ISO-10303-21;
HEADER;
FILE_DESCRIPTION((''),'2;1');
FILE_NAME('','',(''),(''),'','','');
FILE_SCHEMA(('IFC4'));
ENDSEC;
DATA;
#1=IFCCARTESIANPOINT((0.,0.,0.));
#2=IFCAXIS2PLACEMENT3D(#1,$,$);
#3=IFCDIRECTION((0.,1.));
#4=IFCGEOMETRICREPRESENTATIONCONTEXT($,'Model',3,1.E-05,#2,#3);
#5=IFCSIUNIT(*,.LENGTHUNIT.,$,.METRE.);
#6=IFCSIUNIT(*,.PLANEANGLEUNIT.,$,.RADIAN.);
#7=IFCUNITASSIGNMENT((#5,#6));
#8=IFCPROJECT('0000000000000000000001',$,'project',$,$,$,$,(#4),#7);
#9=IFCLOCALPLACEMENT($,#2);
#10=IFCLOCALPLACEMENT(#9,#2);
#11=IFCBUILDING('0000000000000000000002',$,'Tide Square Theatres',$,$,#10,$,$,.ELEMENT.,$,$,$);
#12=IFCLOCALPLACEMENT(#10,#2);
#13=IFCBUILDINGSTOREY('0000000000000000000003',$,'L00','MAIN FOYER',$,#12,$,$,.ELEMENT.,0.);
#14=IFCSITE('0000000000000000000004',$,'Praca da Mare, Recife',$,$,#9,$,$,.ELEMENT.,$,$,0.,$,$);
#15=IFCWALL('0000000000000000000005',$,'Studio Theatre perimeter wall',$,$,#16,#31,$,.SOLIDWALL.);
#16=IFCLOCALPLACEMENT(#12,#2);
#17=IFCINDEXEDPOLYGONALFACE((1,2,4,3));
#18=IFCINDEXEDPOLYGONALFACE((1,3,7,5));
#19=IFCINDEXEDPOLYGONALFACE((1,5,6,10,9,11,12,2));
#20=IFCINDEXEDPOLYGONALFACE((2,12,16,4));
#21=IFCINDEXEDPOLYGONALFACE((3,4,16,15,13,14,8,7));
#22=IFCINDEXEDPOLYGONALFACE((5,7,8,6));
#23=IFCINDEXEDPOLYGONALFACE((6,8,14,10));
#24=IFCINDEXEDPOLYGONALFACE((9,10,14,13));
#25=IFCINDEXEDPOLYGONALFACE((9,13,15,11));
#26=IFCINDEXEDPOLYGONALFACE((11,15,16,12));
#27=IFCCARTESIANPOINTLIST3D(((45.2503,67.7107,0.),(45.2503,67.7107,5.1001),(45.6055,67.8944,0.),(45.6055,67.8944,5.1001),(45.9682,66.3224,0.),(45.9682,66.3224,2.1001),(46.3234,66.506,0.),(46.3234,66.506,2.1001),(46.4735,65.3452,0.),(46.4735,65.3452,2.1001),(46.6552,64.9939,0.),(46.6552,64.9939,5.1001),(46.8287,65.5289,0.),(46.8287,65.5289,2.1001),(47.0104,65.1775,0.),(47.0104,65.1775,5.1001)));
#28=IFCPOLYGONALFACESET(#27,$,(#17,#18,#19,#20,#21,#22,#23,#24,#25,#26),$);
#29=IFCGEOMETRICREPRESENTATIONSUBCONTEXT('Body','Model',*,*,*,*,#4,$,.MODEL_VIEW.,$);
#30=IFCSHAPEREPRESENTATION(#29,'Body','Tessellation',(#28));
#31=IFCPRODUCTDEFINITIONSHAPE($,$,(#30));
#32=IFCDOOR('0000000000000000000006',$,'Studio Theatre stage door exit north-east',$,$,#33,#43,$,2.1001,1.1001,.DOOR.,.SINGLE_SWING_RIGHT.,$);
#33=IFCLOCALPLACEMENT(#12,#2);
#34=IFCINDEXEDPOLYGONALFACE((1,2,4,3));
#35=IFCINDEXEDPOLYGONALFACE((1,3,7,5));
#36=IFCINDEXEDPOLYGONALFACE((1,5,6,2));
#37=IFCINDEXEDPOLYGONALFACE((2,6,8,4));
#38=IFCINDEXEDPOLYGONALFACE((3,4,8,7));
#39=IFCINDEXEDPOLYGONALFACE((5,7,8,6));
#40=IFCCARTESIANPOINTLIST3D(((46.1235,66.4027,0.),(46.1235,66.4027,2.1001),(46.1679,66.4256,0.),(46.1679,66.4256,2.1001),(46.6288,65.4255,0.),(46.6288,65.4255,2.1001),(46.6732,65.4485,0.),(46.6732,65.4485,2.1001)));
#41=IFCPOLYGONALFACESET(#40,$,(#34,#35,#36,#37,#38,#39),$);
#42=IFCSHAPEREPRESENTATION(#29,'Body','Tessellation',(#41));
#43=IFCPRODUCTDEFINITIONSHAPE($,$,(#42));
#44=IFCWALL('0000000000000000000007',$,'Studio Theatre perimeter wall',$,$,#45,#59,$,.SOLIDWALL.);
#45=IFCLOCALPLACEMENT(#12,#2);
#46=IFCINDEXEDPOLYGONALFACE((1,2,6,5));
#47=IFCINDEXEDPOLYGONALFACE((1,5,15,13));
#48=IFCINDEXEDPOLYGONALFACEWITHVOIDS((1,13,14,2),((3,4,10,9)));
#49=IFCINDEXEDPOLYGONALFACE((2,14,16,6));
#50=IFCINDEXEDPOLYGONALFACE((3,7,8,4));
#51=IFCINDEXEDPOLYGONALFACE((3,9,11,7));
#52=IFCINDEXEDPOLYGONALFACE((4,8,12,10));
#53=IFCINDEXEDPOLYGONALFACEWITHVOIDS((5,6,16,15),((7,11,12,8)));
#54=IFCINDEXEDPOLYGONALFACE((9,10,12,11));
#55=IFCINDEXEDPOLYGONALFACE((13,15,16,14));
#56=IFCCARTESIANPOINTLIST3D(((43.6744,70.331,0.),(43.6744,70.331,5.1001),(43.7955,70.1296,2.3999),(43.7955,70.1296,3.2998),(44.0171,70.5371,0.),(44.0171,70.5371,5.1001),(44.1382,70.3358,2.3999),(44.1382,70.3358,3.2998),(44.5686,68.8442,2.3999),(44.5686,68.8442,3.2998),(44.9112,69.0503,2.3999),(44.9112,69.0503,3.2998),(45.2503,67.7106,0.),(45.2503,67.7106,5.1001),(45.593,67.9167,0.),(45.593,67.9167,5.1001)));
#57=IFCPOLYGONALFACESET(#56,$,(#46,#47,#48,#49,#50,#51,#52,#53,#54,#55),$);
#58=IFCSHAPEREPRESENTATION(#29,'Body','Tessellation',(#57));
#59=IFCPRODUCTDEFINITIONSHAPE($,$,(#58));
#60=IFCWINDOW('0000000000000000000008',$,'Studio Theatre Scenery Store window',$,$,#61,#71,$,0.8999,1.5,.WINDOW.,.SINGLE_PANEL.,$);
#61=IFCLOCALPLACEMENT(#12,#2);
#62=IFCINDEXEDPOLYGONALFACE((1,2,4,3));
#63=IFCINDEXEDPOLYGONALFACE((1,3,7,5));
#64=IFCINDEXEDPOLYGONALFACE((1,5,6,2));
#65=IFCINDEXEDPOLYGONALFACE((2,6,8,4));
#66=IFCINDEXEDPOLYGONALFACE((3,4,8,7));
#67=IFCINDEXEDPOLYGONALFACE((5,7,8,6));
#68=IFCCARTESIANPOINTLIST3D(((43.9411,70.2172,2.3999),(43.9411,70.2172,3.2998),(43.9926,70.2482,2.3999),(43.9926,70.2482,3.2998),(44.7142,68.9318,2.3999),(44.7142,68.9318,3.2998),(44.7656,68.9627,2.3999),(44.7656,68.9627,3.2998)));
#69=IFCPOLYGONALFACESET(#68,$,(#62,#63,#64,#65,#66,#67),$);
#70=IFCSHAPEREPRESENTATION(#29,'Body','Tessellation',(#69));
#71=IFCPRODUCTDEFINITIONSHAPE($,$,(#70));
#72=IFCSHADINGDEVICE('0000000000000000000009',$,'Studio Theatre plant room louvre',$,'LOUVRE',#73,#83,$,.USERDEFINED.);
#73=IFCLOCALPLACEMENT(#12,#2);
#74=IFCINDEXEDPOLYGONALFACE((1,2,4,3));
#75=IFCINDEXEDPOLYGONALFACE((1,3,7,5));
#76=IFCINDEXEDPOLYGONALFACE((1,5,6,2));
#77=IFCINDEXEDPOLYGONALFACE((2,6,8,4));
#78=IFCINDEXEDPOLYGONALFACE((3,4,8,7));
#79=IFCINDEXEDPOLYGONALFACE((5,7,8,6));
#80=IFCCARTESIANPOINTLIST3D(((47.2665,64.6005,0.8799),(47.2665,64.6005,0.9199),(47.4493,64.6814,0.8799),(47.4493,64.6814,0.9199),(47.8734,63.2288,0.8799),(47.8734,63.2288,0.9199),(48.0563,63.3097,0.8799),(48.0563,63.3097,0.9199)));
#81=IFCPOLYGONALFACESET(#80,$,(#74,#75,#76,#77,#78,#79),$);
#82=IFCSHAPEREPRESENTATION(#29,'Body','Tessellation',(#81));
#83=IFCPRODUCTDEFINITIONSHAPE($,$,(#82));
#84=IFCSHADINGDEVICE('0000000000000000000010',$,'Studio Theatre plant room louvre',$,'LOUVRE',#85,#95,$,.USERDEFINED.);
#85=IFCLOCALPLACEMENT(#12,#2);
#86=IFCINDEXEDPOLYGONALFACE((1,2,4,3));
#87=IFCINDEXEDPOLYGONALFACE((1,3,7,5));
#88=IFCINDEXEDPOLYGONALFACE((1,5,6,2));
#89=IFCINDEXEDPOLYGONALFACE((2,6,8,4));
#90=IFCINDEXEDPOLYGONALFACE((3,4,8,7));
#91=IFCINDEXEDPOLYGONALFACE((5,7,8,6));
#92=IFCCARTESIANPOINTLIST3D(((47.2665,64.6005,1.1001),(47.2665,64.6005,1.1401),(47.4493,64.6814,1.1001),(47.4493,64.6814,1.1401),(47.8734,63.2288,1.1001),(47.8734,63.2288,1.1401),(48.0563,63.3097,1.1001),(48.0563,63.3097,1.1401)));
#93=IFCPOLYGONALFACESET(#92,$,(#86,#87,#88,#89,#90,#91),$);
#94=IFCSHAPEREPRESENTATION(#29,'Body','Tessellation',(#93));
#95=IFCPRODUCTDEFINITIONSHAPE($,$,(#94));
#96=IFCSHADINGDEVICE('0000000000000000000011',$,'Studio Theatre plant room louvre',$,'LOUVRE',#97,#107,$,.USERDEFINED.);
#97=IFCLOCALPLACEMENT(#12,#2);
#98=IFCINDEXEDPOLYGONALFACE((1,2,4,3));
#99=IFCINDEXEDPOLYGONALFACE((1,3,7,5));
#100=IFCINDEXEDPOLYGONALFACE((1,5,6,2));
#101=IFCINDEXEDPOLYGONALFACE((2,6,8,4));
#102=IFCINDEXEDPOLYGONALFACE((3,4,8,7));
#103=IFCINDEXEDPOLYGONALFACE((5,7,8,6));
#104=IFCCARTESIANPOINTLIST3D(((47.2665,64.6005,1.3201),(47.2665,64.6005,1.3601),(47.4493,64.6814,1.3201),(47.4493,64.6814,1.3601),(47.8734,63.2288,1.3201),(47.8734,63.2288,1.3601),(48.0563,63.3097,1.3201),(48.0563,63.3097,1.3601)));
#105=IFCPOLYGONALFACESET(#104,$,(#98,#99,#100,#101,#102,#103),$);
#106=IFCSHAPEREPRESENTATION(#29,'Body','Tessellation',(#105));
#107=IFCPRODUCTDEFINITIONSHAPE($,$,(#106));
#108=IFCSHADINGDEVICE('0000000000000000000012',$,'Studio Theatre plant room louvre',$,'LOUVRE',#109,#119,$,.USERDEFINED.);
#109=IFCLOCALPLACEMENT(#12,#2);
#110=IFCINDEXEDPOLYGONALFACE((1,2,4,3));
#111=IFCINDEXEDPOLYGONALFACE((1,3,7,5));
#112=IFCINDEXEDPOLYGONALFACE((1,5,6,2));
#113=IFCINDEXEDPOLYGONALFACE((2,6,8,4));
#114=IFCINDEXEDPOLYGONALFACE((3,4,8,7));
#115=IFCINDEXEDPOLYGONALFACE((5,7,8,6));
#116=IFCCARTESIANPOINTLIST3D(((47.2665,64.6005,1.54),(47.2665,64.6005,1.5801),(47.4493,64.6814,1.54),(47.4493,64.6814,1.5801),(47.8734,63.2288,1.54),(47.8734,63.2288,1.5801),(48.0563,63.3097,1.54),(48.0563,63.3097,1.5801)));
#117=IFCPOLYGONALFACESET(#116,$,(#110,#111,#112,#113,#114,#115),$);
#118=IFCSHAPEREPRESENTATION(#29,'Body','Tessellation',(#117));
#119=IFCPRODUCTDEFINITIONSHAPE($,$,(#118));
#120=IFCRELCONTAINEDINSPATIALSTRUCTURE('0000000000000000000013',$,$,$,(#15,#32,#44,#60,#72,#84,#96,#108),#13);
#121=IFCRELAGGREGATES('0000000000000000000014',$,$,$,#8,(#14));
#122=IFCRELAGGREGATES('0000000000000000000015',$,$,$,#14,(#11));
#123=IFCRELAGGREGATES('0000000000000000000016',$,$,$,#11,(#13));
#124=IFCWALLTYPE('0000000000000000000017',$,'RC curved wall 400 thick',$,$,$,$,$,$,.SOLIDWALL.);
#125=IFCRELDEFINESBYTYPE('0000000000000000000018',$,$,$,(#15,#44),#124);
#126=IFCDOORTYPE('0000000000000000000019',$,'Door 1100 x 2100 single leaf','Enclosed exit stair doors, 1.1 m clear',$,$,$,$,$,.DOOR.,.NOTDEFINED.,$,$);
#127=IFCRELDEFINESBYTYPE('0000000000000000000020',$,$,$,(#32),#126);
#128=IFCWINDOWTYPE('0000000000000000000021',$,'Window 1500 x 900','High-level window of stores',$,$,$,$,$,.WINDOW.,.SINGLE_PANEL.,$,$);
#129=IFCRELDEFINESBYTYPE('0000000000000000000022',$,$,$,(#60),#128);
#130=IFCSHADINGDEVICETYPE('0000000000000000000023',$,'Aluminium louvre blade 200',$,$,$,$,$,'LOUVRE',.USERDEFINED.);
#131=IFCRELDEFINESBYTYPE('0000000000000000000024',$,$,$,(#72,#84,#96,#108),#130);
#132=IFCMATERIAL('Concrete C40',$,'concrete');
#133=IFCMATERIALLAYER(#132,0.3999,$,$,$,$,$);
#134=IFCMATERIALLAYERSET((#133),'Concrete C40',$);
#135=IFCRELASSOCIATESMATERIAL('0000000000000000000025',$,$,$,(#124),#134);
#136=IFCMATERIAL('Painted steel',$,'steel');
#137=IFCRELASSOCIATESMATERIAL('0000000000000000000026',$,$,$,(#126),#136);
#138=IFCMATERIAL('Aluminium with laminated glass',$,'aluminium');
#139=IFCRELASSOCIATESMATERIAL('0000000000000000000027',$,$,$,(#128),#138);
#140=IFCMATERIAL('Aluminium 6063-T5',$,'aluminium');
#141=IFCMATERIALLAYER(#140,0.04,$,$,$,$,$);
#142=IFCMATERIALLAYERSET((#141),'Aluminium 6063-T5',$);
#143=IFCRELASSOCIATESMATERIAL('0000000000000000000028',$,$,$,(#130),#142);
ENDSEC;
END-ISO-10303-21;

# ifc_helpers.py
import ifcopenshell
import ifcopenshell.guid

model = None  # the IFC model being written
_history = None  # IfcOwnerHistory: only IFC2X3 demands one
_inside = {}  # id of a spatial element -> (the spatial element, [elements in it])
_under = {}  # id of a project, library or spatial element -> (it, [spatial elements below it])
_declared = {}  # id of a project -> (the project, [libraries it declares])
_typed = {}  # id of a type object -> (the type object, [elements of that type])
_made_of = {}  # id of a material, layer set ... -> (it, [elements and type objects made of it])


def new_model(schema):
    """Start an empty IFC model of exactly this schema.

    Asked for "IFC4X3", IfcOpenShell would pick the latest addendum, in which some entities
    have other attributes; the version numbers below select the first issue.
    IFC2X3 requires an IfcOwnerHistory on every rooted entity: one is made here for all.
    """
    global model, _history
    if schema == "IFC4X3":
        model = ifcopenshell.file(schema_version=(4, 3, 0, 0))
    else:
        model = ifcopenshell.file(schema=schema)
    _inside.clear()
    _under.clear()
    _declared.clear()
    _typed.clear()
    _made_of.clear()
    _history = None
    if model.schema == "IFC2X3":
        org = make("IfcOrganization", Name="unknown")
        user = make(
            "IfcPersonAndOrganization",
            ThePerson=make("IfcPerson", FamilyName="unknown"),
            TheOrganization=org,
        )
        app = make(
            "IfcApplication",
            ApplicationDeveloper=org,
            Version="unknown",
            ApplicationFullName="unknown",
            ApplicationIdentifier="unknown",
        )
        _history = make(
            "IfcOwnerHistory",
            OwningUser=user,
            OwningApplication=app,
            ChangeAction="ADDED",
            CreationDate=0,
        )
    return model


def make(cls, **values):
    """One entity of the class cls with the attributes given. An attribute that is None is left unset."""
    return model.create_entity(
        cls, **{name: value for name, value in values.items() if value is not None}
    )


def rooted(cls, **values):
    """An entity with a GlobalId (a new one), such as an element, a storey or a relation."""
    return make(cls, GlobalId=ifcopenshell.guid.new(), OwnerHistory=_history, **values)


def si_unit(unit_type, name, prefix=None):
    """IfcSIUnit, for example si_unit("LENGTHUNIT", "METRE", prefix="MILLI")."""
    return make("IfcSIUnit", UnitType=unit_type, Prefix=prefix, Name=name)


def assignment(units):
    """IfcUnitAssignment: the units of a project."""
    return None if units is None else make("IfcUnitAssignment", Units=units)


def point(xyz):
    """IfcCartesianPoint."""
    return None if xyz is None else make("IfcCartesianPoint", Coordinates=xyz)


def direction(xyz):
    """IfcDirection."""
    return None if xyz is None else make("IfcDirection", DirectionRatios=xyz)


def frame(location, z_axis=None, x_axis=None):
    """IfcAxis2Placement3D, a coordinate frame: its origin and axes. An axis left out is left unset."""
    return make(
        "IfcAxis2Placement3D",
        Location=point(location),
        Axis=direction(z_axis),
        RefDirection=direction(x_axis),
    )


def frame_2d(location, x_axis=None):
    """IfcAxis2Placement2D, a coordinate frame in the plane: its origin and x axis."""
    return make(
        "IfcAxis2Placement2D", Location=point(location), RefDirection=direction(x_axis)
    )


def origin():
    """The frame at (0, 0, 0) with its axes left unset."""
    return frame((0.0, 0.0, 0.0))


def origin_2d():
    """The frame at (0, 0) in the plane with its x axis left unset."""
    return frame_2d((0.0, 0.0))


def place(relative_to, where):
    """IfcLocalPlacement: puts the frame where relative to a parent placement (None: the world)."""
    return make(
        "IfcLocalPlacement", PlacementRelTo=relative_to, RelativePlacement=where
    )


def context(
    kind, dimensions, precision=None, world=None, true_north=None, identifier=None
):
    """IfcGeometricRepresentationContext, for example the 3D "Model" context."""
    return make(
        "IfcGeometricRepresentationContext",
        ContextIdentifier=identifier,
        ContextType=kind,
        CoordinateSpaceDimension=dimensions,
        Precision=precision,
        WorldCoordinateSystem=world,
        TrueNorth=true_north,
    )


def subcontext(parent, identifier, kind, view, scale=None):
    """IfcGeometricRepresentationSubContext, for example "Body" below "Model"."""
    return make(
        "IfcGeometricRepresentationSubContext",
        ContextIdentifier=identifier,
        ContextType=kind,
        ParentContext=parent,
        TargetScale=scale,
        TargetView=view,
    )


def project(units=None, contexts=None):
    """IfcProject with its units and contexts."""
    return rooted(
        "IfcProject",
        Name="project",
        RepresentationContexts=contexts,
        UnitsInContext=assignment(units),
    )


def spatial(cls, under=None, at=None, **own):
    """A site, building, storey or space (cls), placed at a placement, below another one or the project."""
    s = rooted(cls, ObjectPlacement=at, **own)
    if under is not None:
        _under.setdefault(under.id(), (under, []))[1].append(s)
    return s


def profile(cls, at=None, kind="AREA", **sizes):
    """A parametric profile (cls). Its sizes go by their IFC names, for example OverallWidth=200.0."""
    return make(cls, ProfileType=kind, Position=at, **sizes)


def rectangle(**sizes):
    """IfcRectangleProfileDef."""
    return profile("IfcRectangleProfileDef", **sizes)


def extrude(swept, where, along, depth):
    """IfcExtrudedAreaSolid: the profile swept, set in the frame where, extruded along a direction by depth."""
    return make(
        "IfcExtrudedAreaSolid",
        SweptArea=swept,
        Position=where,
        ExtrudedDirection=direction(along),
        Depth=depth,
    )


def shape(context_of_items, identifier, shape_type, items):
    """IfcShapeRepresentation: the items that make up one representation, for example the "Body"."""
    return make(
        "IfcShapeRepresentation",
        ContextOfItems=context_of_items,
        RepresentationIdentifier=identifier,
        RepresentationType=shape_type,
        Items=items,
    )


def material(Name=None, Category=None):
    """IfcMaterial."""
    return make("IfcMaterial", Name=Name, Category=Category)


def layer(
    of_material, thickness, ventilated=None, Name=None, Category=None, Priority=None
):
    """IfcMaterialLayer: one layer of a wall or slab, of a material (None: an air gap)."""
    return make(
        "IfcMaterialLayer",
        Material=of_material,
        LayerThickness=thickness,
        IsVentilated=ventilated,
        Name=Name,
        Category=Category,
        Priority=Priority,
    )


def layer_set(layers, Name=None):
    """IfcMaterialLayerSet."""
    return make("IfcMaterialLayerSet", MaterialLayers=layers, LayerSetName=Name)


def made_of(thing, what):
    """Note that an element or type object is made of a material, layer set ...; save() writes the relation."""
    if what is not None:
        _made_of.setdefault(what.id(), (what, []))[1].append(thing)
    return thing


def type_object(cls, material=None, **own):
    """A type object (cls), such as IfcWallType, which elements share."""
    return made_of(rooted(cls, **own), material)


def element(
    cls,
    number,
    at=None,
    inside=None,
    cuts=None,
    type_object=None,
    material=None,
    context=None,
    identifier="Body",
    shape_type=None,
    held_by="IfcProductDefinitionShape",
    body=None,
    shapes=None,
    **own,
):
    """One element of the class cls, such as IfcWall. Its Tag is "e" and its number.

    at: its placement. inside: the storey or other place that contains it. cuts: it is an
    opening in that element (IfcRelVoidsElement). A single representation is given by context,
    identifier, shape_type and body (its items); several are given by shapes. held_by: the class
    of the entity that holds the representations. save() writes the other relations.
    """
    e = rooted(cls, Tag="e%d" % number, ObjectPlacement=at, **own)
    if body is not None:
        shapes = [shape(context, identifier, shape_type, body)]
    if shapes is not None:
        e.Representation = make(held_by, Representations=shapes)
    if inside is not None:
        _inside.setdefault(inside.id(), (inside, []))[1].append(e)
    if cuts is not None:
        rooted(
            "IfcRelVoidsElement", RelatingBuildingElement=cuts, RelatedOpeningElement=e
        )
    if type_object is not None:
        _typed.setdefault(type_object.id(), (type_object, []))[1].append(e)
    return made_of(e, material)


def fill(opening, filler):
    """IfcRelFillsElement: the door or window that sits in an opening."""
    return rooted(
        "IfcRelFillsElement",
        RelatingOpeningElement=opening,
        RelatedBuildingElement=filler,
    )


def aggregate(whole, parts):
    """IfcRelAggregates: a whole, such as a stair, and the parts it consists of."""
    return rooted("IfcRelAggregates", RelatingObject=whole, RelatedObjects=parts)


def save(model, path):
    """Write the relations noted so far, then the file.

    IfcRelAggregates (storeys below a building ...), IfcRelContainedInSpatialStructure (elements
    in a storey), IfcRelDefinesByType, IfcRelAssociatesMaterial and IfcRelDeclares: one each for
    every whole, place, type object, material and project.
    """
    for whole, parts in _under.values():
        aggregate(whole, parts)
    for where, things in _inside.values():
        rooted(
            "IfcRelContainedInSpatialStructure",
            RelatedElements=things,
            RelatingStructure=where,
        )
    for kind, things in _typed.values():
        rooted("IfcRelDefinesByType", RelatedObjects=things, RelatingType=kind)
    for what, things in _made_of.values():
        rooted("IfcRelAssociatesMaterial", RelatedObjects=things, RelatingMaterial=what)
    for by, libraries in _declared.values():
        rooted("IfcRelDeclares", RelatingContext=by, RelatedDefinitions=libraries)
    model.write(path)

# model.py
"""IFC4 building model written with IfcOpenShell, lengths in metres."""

from ifc_helpers import new_model, si_unit, direction, frame, frame_2d, origin, origin_2d, place, context, subcontext, project, spatial, rectangle, extrude, material, layer, layer_set, type_object, element, fill, save


model = new_model("IFC4")

# Units and contexts
model_context = context("Model", 3, precision=1e-05, world=origin(), true_north=direction((0.0, 1.0)))
body_context = subcontext(model_context, "Body", "Model", "MODEL_VIEW")
ifc_project = project(units=[si_unit("LENGTHUNIT", "METRE"), si_unit("PLANEANGLEUNIT", "RADIAN")], contexts=[model_context])

# Site, building, storey
site_placement = place(None, origin())
site = spatial("IfcSite", under=ifc_project, at=site_placement, Name="Praca da Mare, Recife", CompositionType="ELEMENT", RefElevation=0.0)
building_placement = place(site_placement, origin())
building = spatial("IfcBuilding", under=site, at=building_placement, Name="Tide Square Theatres", CompositionType="ELEMENT")
storey_placement = place(building_placement, origin())
storey = spatial("IfcBuildingStorey", under=building, at=storey_placement, Name="L00", Description="MAIN FOYER", CompositionType="ELEMENT", Elevation=0.0)

# Wall, opening, door
ifc_material_1 = material(Name="Concrete C40", Category="concrete")
ifc_layer_1 = layer(ifc_material_1, 0.3999)
ifc_layer_set_1 = layer_set([ifc_layer_1], Name="Concrete C40")
wall_type_1 = type_object("IfcWallType", Name="RC curved wall 400 thick", PredefinedType="SOLIDWALL", material=ifc_layer_set_1)
wall_1_placement = place(storey_placement, frame((46.8328, 65.0857, 0.0), z_axis=(0.0, 0.0, 1.0), x_axis=(-0.459306, 0.888278, 0.0)))
wall_1 = element("IfcWall", 1, at=wall_1_placement, inside=storey, type_object=wall_type_1, Name="Studio Theatre perimeter wall", PredefinedType="SOLIDWALL", context=body_context, shape_type="SweptSolid", body=[
    extrude(rectangle(XDim=3.0586, YDim=0.3999, at=frame_2d((1.5293, 0.0))), origin(), (0.0, 0.0, 1.0), 5.1001),
])
opening_1_placement = place(wall_1_placement, frame((0.3955, 0.0, 0.0)))
opening_1 = element("IfcOpeningElement", 2, at=opening_1_placement, cuts=wall_1, PredefinedType="OPENING", context=body_context, shape_type="SweptSolid", body=[
    extrude(rectangle(XDim=1.1001, YDim=2.1001, at=frame_2d((0.55, 1.05))), frame((0.0, 0.21, 0.0), z_axis=(0.0, -1.0, 0.0), x_axis=(1.0, 0.0, 0.0)), (0.0, 0.0, 1.0), 0.4199),
])
ifc_material_2 = material(Name="Painted steel", Category="steel")
door_type_1 = type_object("IfcDoorType", Name="Door 1100 x 2100 single leaf", Description="Enclosed exit stair doors, 1.1 m clear", OperationType="NOTDEFINED", PredefinedType="DOOR", material=ifc_material_2)
door_1_placement = place(opening_1_placement, frame((1.1001, 0.0, 0.0), z_axis=(0.0, 0.0, 1.0), x_axis=(-1.0, 0.0, 0.0)))
door_1 = element("IfcDoor", 3, at=door_1_placement, inside=storey, type_object=door_type_1, Name="Studio Theatre stage door exit north-east", OperationType="SINGLE_SWING_RIGHT", OverallHeight=2.1001, OverallWidth=1.1001, PredefinedType="DOOR", context=body_context, shape_type="SweptSolid", body=[
    extrude(rectangle(XDim=1.1001, YDim=2.1001, at=frame_2d((0.55, 1.05))), frame((0.0, 0.0249, 0.0), z_axis=(0.0, -1.0, 0.0), x_axis=(1.0, 0.0, 0.0)), (0.0, 0.0, 1.0), 0.05),
])
fill(opening_1, door_1)

# Wall, opening, window
wall_2_placement = place(storey_placement, frame((45.4216, 67.8137, 0.0), z_axis=(0.0, 0.0, 1.0), x_axis=(-0.515388, 0.856957, 0.0)))
wall_2 = element("IfcWall", 4, at=wall_2_placement, inside=storey, type_object=wall_type_1, Name="Studio Theatre perimeter wall", PredefinedType="SOLIDWALL", context=body_context, shape_type="SweptSolid", body=[
    extrude(rectangle(XDim=3.0579, YDim=0.3999, at=frame_2d((1.5288, 0.0))), origin(), (0.0, 0.0, 1.0), 5.1001),
])
opening_2_placement = place(wall_2_placement, frame((1.3228, 0.0, 2.3999)))
opening_2 = element("IfcOpeningElement", 5, at=opening_2_placement, cuts=wall_2, PredefinedType="OPENING", context=body_context, shape_type="SweptSolid", body=[
    extrude(rectangle(XDim=1.5, YDim=0.8999, at=frame_2d((0.75, 0.45))), frame((0.0, 0.21, 0.0), z_axis=(0.0, -1.0, 0.0), x_axis=(1.0, 0.0, 0.0)), (0.0, 0.0, 1.0), 0.4199),
])
ifc_material_3 = material(Name="Aluminium with laminated glass", Category="aluminium")
window_type = type_object("IfcWindowType", Name="Window 1500 x 900", Description="High-level window of stores", PartitioningType="SINGLE_PANEL", PredefinedType="WINDOW", material=ifc_material_3)
window_placement = place(opening_2_placement, origin())
window = element("IfcWindow", 6, at=window_placement, inside=storey, type_object=window_type, Name="Studio Theatre Scenery Store window", OverallHeight=0.8999, OverallWidth=1.5, PartitioningType="SINGLE_PANEL", PredefinedType="WINDOW", context=body_context, shape_type="SweptSolid", body=[
    extrude(rectangle(XDim=1.5, YDim=0.8999, at=frame_2d((0.75, 0.45))), frame((0.0, 0.03, 0.0), z_axis=(0.0, -1.0, 0.0), x_axis=(1.0, 0.0, 0.0)), (0.0, 0.0, 1.0), 0.0601),
])
fill(opening_2, window)

# Shading devices
ifc_material_4 = material(Name="Aluminium 6063-T5", Category="aluminium")
ifc_layer_2 = layer(ifc_material_4, 0.04)
ifc_layer_set_2 = layer_set([ifc_layer_2], Name="Aluminium 6063-T5")
shading_device_type = type_object("IfcShadingDeviceType", Name="Aluminium louvre blade 200", ElementType="LOUVRE", PredefinedType="USERDEFINED", material=ifc_layer_set_2)
for number, where, z_axis, x_axis, name in (
    (7, (47.6614, 63.9551, 0.8799), (0.0, 0.0, 1.0), (-0.404631, 0.91448, 0.0), "Studio Theatre plant room louvre"),
    (8, (47.6614, 63.9551, 1.1001), (0.0, 0.0, 1.0), (-0.404631, 0.91448, 0.0), "Studio Theatre plant room louvre"),
    (9, (47.6614, 63.9551, 1.3201), (0.0, 0.0, 1.0), (-0.404631, 0.91448, 0.0), "Studio Theatre plant room louvre"),
    (10, (47.6614, 63.9551, 1.54), (0.0, 0.0, 1.0), (-0.404631, 0.91448, 0.0), "Studio Theatre plant room louvre"),
):
    element("IfcShadingDevice", number, at=place(storey_placement, frame(where, z_axis=z_axis, x_axis=x_axis)), inside=storey, type_object=shading_device_type, Name=name, ObjectType="LOUVRE", PredefinedType="USERDEFINED", context=body_context, shape_type="SweptSolid", body=[
        extrude(rectangle(XDim=1.5, YDim=0.2, at=origin_2d()), origin(), (0.0, 0.0, 1.0), 0.04),
    ])

save(model, "model.ifc")
